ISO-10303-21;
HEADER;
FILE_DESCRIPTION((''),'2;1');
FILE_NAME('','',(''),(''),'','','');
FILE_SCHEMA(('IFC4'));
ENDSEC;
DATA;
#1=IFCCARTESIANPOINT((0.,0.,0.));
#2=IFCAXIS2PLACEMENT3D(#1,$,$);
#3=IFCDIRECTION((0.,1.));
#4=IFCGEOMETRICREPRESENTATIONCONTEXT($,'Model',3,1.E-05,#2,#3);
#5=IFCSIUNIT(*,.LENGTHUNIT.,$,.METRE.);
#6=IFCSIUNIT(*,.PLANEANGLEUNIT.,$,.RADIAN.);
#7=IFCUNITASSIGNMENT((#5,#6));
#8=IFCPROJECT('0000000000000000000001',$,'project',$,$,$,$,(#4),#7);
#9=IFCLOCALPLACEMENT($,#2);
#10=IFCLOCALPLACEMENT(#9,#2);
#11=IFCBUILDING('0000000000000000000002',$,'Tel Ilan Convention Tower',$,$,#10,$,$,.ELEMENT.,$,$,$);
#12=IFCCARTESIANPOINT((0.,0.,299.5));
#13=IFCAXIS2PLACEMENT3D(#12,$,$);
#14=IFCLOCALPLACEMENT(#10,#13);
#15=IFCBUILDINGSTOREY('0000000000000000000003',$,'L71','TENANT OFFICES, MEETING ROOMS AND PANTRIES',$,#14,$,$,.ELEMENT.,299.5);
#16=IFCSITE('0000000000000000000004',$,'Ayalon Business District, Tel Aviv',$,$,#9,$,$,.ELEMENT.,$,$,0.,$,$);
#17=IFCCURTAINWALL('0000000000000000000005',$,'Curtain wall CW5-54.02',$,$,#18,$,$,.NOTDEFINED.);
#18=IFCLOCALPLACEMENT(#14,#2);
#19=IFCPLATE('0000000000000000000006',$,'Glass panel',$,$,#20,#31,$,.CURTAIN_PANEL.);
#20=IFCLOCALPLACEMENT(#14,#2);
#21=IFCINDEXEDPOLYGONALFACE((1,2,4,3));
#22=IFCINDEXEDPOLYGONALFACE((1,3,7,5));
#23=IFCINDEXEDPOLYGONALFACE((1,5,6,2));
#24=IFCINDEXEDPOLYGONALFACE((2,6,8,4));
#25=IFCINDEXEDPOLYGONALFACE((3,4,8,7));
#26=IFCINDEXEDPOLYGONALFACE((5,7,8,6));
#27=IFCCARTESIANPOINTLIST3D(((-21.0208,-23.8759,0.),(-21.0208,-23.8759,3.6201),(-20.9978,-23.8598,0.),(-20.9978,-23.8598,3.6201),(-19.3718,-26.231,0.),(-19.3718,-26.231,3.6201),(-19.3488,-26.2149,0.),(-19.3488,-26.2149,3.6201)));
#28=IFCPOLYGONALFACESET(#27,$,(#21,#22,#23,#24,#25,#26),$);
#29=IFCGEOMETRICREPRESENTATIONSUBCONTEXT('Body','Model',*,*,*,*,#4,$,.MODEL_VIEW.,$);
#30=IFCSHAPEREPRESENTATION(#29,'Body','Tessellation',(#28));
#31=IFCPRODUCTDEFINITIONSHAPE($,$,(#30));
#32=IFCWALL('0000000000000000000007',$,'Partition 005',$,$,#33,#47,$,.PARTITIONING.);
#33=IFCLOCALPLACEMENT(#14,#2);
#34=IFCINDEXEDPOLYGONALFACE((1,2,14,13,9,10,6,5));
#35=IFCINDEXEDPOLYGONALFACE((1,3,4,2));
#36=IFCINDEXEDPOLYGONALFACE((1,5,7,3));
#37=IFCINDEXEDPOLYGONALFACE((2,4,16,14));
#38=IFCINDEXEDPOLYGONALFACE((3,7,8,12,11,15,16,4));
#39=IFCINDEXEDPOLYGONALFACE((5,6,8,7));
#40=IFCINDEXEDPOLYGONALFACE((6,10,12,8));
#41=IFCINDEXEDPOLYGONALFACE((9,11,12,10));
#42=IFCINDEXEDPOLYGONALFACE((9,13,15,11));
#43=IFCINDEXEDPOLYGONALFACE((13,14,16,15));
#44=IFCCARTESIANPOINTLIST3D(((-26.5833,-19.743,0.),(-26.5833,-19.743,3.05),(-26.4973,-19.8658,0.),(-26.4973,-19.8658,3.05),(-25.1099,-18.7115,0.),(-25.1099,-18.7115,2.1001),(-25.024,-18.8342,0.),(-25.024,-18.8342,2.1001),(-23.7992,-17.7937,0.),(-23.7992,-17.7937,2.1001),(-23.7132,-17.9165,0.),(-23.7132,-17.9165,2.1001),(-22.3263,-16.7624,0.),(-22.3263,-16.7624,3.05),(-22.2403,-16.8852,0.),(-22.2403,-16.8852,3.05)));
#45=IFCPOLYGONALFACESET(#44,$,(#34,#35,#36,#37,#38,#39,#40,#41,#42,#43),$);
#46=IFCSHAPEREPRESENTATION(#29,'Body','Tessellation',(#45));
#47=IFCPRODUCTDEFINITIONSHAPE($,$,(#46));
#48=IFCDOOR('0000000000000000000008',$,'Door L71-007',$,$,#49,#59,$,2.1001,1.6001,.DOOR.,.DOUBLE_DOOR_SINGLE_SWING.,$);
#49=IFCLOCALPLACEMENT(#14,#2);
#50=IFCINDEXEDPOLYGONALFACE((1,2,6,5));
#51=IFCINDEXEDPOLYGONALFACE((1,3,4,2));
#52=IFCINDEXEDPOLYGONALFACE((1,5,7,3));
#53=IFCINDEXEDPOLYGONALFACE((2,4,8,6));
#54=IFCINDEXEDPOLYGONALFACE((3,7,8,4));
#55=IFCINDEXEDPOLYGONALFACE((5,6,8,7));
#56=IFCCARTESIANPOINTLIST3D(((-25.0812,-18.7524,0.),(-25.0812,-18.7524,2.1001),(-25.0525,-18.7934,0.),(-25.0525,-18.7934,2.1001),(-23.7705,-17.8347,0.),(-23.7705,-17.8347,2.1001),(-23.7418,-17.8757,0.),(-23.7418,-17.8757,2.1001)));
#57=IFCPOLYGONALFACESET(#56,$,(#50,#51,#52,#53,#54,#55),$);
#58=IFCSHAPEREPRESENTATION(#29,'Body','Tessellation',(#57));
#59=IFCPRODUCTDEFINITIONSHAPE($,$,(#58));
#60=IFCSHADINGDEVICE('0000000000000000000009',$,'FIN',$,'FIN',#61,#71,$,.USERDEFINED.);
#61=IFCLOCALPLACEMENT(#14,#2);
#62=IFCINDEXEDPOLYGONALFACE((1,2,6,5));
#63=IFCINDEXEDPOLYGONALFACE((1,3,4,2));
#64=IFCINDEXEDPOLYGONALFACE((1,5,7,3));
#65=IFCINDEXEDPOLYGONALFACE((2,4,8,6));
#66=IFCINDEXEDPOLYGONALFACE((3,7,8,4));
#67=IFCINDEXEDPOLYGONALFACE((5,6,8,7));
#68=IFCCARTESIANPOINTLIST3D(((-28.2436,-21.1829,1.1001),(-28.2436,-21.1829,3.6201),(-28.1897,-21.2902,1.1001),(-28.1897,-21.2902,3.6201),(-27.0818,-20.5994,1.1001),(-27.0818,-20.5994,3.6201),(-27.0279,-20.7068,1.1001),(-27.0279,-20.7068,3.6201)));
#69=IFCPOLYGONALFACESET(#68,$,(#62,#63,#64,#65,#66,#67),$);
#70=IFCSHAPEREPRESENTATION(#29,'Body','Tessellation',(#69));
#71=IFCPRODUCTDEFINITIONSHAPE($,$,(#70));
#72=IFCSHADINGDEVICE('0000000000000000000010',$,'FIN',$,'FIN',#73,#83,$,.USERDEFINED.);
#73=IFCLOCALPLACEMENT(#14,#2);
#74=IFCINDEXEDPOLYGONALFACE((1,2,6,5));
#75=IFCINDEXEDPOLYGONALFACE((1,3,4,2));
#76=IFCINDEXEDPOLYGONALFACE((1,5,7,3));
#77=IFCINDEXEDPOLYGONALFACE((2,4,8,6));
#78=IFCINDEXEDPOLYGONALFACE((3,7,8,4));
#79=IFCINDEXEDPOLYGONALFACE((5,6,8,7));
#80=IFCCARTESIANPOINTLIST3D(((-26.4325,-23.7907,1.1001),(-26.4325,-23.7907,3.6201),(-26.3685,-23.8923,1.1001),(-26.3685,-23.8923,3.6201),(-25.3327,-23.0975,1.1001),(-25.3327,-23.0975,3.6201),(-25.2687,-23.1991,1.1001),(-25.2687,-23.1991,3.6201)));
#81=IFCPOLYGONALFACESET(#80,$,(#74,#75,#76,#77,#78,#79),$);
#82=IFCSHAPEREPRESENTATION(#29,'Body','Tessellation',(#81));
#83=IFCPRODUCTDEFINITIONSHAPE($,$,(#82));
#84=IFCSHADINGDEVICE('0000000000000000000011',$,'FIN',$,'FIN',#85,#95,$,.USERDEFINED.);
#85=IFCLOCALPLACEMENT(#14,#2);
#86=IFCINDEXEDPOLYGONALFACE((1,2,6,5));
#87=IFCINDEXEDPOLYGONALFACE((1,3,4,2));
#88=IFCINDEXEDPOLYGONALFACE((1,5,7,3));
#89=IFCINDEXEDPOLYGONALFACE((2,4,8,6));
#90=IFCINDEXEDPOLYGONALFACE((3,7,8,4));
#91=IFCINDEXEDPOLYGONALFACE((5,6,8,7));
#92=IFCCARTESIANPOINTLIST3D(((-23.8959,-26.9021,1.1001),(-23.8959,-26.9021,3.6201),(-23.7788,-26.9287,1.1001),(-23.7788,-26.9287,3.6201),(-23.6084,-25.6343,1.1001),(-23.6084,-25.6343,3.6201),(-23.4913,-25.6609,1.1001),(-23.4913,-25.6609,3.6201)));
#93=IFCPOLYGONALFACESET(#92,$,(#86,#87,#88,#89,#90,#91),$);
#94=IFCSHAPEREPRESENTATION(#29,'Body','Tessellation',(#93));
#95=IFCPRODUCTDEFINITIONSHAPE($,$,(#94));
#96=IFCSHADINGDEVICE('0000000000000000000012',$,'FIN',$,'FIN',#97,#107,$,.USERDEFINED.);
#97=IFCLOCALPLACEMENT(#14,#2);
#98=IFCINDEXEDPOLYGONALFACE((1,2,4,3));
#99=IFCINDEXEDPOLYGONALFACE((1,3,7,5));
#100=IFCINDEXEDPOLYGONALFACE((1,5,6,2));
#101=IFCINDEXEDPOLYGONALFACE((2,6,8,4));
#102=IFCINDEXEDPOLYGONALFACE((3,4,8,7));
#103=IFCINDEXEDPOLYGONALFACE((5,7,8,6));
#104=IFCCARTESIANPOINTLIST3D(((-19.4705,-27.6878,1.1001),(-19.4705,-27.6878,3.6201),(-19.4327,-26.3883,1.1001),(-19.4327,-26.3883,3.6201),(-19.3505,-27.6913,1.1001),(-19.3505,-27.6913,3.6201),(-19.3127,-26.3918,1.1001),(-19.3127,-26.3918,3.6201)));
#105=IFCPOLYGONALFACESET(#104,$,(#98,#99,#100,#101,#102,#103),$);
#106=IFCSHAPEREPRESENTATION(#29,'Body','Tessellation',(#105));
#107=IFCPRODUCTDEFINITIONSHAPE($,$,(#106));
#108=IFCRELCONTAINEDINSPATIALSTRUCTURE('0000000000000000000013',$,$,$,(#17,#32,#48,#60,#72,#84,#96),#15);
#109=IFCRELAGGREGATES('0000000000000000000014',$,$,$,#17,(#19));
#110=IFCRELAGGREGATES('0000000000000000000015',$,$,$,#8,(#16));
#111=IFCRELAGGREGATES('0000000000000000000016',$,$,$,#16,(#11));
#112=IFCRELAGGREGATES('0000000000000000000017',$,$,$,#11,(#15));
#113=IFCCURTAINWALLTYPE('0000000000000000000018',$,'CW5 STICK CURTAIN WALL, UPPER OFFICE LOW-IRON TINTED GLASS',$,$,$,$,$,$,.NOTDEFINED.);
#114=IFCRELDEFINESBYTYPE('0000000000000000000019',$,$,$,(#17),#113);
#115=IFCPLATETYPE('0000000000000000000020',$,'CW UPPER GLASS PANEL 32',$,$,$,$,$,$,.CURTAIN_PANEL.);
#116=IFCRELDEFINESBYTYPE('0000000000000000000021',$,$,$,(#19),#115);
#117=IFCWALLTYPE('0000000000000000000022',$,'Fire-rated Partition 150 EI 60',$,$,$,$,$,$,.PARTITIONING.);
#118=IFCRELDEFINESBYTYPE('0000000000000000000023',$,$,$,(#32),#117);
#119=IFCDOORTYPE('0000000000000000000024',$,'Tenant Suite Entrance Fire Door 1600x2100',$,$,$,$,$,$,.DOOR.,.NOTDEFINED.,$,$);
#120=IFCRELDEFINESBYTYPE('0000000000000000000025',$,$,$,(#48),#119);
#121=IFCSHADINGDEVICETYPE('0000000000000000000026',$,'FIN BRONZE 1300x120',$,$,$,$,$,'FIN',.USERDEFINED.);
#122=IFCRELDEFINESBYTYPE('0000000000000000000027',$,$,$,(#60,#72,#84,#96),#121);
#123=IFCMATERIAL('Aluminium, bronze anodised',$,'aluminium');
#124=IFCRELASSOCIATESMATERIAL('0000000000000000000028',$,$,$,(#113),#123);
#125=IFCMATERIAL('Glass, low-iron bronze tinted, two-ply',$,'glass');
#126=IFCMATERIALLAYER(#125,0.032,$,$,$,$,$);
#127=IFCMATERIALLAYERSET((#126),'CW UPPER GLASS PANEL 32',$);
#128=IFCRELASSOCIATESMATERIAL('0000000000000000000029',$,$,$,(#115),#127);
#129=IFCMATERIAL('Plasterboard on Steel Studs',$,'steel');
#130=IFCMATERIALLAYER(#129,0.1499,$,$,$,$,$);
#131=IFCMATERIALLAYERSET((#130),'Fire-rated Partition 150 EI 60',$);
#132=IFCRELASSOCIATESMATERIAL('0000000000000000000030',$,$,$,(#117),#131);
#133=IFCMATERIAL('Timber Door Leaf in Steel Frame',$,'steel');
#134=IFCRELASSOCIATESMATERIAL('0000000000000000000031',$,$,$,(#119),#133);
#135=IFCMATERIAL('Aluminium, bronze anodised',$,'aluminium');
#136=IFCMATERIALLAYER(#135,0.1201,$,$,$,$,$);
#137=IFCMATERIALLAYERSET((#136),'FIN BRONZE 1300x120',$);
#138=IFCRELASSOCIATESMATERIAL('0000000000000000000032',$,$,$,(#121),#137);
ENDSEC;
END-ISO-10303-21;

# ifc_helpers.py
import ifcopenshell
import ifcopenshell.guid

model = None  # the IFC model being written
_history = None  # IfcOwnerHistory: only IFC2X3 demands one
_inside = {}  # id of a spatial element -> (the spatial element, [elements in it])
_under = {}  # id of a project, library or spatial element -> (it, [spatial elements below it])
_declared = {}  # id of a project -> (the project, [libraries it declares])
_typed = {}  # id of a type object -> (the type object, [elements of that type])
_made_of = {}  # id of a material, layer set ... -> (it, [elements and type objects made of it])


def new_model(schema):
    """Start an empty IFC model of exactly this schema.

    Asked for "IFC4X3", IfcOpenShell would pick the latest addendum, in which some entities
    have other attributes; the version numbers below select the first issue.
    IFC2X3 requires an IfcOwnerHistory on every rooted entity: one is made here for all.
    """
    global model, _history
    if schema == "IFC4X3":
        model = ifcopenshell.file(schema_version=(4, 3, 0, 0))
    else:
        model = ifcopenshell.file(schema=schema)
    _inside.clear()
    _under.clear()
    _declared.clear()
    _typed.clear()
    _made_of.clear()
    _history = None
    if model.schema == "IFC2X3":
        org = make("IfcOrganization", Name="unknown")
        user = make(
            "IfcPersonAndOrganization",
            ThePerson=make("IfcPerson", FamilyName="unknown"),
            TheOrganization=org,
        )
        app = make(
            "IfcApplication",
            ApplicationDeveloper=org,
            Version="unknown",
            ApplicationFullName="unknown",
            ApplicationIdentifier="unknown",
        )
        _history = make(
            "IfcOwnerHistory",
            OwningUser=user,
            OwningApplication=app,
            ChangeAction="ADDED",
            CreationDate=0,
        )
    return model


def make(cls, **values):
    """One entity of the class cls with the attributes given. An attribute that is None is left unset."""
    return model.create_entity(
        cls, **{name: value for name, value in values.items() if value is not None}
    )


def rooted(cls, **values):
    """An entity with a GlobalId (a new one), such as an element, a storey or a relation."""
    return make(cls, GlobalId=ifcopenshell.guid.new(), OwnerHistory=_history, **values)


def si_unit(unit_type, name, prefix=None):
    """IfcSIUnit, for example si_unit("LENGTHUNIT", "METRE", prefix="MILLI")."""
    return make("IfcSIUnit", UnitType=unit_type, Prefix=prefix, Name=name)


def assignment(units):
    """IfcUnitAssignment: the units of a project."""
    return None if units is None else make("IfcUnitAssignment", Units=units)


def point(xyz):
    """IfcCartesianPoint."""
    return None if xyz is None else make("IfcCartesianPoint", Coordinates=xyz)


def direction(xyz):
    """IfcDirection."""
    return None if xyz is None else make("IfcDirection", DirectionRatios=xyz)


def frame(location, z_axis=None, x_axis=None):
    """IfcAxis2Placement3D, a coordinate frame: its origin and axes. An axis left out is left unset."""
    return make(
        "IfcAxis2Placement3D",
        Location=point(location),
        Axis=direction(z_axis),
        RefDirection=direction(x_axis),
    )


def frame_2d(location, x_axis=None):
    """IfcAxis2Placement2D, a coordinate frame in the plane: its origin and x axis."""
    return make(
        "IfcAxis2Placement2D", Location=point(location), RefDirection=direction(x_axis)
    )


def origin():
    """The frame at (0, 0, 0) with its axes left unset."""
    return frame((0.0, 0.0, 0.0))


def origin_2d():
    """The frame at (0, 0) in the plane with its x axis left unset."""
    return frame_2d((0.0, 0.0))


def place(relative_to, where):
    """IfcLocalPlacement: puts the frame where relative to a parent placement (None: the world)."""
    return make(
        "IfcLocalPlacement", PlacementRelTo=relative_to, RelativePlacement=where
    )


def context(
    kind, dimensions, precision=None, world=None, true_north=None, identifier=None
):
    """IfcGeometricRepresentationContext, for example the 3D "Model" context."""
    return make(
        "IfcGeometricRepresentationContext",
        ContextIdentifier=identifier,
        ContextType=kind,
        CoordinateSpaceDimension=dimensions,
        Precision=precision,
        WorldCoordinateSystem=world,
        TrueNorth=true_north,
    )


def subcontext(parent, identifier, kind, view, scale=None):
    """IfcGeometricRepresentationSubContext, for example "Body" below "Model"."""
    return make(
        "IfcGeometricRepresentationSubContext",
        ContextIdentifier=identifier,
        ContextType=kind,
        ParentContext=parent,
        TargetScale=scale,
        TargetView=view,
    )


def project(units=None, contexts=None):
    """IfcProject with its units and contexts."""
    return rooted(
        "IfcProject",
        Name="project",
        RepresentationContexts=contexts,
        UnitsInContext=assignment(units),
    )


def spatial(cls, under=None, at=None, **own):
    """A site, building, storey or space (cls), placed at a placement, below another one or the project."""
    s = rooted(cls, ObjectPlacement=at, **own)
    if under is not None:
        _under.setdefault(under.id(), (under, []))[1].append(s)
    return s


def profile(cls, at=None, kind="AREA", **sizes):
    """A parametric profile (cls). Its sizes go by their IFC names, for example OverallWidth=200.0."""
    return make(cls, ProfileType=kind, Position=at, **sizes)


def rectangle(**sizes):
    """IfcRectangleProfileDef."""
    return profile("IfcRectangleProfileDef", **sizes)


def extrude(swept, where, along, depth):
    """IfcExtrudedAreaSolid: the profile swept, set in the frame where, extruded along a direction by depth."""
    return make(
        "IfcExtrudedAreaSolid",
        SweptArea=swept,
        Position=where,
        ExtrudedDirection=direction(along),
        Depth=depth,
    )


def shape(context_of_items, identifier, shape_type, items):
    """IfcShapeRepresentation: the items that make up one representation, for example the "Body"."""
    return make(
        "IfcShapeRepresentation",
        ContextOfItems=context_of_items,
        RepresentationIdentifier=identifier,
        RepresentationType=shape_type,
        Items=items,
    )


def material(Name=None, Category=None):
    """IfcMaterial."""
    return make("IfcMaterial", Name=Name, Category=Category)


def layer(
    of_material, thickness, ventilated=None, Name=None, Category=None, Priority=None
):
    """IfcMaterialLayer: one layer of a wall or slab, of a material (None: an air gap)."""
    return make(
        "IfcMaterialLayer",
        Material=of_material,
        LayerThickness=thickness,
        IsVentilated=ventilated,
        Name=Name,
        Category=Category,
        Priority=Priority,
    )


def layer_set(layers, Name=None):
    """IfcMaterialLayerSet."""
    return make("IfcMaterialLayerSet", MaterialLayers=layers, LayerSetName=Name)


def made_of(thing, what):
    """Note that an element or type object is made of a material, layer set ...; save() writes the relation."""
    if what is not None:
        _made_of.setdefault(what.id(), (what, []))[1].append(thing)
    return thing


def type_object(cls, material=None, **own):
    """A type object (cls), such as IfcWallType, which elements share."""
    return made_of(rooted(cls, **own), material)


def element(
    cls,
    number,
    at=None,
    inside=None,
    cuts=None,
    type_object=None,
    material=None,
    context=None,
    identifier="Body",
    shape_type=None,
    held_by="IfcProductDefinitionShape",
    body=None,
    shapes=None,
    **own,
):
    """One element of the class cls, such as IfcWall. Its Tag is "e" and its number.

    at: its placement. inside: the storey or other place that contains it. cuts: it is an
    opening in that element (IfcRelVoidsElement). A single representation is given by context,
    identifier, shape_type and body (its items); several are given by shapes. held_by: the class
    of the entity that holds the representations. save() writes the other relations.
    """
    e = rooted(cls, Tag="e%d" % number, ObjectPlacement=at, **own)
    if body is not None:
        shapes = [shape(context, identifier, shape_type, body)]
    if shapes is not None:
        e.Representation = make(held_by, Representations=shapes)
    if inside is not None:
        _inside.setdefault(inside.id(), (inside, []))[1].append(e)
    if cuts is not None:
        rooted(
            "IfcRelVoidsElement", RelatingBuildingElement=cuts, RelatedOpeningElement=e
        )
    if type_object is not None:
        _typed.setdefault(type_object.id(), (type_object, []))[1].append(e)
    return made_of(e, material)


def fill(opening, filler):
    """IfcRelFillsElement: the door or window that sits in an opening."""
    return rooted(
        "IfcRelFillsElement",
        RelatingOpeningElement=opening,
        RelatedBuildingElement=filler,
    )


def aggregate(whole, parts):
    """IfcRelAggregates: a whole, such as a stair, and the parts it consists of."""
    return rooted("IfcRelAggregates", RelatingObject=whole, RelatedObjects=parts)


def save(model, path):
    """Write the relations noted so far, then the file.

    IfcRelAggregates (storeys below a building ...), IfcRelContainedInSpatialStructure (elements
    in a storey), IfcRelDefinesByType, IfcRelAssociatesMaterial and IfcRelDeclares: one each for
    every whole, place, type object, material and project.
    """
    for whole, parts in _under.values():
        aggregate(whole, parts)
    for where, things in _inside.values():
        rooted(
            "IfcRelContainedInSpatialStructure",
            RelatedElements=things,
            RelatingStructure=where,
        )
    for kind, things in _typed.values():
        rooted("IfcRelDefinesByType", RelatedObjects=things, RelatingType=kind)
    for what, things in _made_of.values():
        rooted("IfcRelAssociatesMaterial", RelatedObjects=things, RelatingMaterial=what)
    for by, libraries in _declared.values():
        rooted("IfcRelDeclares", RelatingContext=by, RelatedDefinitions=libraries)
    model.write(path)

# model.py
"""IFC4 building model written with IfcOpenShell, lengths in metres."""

from ifc_helpers import new_model, si_unit, direction, frame, frame_2d, origin, origin_2d, place, context, subcontext, project, spatial, rectangle, extrude, material, layer, layer_set, type_object, element, fill, aggregate, save


model = new_model("IFC4")

# Units and contexts
model_context = context("Model", 3, precision=1e-05, world=origin(), true_north=direction((0.0, 1.0)))
body_context = subcontext(model_context, "Body", "Model", "MODEL_VIEW")
ifc_project = project(units=[si_unit("LENGTHUNIT", "METRE"), si_unit("PLANEANGLEUNIT", "RADIAN")], contexts=[model_context])

# Site, building, storey
site_placement = place(None, origin())
site = spatial("IfcSite", under=ifc_project, at=site_placement, Name="Ayalon Business District, Tel Aviv", CompositionType="ELEMENT", RefElevation=0.0)
building_placement = place(site_placement, origin())
building = spatial("IfcBuilding", under=site, at=building_placement, Name="Tel Ilan Convention Tower", CompositionType="ELEMENT")
storey_placement = place(building_placement, frame((0.0, 0.0, 299.5)))
storey = spatial("IfcBuildingStorey", under=building, at=storey_placement, Name="L71", Description="TENANT OFFICES, MEETING ROOMS AND PANTRIES", CompositionType="ELEMENT", Elevation=299.5)

# Curtain wall, plate
ifc_material_1 = material(Name="Aluminium, bronze anodised", Category="aluminium")
curtain_wall_type = type_object("IfcCurtainWallType", Name="CW5 STICK CURTAIN WALL, UPPER OFFICE LOW-IRON TINTED GLASS", PredefinedType="NOTDEFINED", material=ifc_material_1)
curtain_wall_placement = place(storey_placement, origin())
curtain_wall = element("IfcCurtainWall", 1, at=curtain_wall_placement, inside=storey, type_object=curtain_wall_type, Name="Curtain wall CW5-54.02", PredefinedType="NOTDEFINED")
ifc_material_2 = material(Name="Glass, low-iron bronze tinted, two-ply", Category="glass")
ifc_layer_1 = layer(ifc_material_2, 0.032)
ifc_layer_set_1 = layer_set([ifc_layer_1], Name="CW UPPER GLASS PANEL 32")
plate_type = type_object("IfcPlateType", Name="CW UPPER GLASS PANEL 32", PredefinedType="CURTAIN_PANEL", material=ifc_layer_set_1)
plate_1_placement = place(storey_placement, frame((-20.1848, -25.0454, 0.0), z_axis=(0.0, 0.0, 1.0), x_axis=(0.573576, -0.819152, 0.0)))
plate_1 = element("IfcPlate", 2, at=plate_1_placement, type_object=plate_type, Name="Glass panel", PredefinedType="CURTAIN_PANEL", context=body_context, shape_type="SweptSolid", body=[
    extrude(rectangle(XDim=2.875, YDim=0.0281, at=origin_2d()), origin(), (0.0, 0.0, 1.0), 3.6201),
])
aggregate(curtain_wall, [plate_1])

# Wall, opening, door
ifc_material_3 = material(Name="Plasterboard on Steel Studs", Category="steel")
ifc_layer_2 = layer(ifc_material_3, 0.1499)
ifc_layer_set_2 = layer_set([ifc_layer_2], Name="Fire-rated Partition 150 EI 60")
wall_type = type_object("IfcWallType", Name="Fire-rated Partition 150 EI 60", PredefinedType="PARTITIONING", material=ifc_layer_set_2)
wall_placement = place(storey_placement, frame((-26.5403, -19.8044, 0.0), z_axis=(0.0, 0.0, 1.0), x_axis=(0.819163, 0.57356, 0.0)))
wall = element("IfcWall", 3, at=wall_placement, inside=storey, type_object=wall_type, Name="Partition 005", PredefinedType="PARTITIONING", context=body_context, shape_type="SweptSolid", body=[
    extrude(rectangle(XDim=5.1968, YDim=0.1499, at=frame_2d((2.5984, 0.0))), origin(), (0.0, 0.0, 1.0), 3.05),
])
opening_placement = place(wall_placement, frame((1.7986, 0.0, 0.0)))
opening = element("IfcOpeningElement", 4, at=opening_placement, cuts=wall, PredefinedType="OPENING", context=body_context, shape_type="SweptSolid", body=[
    extrude(rectangle(XDim=1.6001, YDim=2.1001, at=frame_2d((0.8, 1.05))), frame((0.0, 0.085, 0.0), z_axis=(0.0, -1.0, 0.0), x_axis=(1.0, 0.0, 0.0)), (0.0, 0.0, 1.0), 0.1699),
])
ifc_material_4 = material(Name="Timber Door Leaf in Steel Frame", Category="steel")
door_type = type_object("IfcDoorType", Name="Tenant Suite Entrance Fire Door 1600x2100", OperationType="NOTDEFINED", PredefinedType="DOOR", material=ifc_material_4)
door_placement = place(opening_placement, origin())
door = element("IfcDoor", 5, at=door_placement, inside=storey, type_object=door_type, Name="Door L71-007", OperationType="DOUBLE_DOOR_SINGLE_SWING", OverallHeight=2.1001, OverallWidth=1.6001, PredefinedType="DOOR", context=body_context, shape_type="SweptSolid", body=[
    extrude(rectangle(XDim=1.6001, YDim=2.1001, at=frame_2d((0.8, 1.05))), frame((0.0, 0.0249, 0.0), z_axis=(0.0, -1.0, 0.0), x_axis=(1.0, 0.0, 0.0)), (0.0, 0.0, 1.0), 0.05),
])
fill(opening, door)

# Shading devices
ifc_material_5 = material(Name="Aluminium, bronze anodised", Category="aluminium")
ifc_layer_3 = layer(ifc_material_5, 0.1201)
ifc_layer_set_3 = layer_set([ifc_layer_3], Name="FIN BRONZE 1300x120")
shading_device_type = type_object("IfcShadingDeviceType", Name="FIN BRONZE 1300x120", ElementType="FIN", PredefinedType="USERDEFINED", material=ifc_layer_set_3)
for number, where, z_axis, x_axis, name in (
    (6, (-27.6357, -20.9448, 1.1001), (0.0, 0.0, 1.0), (-0.893633, -0.448799, 0.0), "FIN"),
    (7, (-25.8506, -23.4949, 1.1001), (0.0, 0.0, 1.0), (-0.845986, -0.533204, 0.0), "FIN"),
    (8, (-23.6936, -26.2815, 1.1001), (0.0, 0.0, 1.0), (-0.22117, -0.975235, 0.0), "FIN"),
    (9, (-19.3916, -27.0398, 1.1001), (0.0, 0.0, 1.0), (-0.029085, -0.999577, 0.0), "FIN"),
):
    element("IfcShadingDevice", number, at=place(storey_placement, frame(where, z_axis=z_axis, x_axis=x_axis)), inside=storey, type_object=shading_device_type, Name=name, ObjectType="FIN", PredefinedType="USERDEFINED", context=body_context, shape_type="SweptSolid", body=[
        extrude(rectangle(XDim=1.3, YDim=0.1201, at=origin_2d()), origin(), (0.0, 0.0, 1.0), 2.52),
    ])

save(model, "model.ifc")
